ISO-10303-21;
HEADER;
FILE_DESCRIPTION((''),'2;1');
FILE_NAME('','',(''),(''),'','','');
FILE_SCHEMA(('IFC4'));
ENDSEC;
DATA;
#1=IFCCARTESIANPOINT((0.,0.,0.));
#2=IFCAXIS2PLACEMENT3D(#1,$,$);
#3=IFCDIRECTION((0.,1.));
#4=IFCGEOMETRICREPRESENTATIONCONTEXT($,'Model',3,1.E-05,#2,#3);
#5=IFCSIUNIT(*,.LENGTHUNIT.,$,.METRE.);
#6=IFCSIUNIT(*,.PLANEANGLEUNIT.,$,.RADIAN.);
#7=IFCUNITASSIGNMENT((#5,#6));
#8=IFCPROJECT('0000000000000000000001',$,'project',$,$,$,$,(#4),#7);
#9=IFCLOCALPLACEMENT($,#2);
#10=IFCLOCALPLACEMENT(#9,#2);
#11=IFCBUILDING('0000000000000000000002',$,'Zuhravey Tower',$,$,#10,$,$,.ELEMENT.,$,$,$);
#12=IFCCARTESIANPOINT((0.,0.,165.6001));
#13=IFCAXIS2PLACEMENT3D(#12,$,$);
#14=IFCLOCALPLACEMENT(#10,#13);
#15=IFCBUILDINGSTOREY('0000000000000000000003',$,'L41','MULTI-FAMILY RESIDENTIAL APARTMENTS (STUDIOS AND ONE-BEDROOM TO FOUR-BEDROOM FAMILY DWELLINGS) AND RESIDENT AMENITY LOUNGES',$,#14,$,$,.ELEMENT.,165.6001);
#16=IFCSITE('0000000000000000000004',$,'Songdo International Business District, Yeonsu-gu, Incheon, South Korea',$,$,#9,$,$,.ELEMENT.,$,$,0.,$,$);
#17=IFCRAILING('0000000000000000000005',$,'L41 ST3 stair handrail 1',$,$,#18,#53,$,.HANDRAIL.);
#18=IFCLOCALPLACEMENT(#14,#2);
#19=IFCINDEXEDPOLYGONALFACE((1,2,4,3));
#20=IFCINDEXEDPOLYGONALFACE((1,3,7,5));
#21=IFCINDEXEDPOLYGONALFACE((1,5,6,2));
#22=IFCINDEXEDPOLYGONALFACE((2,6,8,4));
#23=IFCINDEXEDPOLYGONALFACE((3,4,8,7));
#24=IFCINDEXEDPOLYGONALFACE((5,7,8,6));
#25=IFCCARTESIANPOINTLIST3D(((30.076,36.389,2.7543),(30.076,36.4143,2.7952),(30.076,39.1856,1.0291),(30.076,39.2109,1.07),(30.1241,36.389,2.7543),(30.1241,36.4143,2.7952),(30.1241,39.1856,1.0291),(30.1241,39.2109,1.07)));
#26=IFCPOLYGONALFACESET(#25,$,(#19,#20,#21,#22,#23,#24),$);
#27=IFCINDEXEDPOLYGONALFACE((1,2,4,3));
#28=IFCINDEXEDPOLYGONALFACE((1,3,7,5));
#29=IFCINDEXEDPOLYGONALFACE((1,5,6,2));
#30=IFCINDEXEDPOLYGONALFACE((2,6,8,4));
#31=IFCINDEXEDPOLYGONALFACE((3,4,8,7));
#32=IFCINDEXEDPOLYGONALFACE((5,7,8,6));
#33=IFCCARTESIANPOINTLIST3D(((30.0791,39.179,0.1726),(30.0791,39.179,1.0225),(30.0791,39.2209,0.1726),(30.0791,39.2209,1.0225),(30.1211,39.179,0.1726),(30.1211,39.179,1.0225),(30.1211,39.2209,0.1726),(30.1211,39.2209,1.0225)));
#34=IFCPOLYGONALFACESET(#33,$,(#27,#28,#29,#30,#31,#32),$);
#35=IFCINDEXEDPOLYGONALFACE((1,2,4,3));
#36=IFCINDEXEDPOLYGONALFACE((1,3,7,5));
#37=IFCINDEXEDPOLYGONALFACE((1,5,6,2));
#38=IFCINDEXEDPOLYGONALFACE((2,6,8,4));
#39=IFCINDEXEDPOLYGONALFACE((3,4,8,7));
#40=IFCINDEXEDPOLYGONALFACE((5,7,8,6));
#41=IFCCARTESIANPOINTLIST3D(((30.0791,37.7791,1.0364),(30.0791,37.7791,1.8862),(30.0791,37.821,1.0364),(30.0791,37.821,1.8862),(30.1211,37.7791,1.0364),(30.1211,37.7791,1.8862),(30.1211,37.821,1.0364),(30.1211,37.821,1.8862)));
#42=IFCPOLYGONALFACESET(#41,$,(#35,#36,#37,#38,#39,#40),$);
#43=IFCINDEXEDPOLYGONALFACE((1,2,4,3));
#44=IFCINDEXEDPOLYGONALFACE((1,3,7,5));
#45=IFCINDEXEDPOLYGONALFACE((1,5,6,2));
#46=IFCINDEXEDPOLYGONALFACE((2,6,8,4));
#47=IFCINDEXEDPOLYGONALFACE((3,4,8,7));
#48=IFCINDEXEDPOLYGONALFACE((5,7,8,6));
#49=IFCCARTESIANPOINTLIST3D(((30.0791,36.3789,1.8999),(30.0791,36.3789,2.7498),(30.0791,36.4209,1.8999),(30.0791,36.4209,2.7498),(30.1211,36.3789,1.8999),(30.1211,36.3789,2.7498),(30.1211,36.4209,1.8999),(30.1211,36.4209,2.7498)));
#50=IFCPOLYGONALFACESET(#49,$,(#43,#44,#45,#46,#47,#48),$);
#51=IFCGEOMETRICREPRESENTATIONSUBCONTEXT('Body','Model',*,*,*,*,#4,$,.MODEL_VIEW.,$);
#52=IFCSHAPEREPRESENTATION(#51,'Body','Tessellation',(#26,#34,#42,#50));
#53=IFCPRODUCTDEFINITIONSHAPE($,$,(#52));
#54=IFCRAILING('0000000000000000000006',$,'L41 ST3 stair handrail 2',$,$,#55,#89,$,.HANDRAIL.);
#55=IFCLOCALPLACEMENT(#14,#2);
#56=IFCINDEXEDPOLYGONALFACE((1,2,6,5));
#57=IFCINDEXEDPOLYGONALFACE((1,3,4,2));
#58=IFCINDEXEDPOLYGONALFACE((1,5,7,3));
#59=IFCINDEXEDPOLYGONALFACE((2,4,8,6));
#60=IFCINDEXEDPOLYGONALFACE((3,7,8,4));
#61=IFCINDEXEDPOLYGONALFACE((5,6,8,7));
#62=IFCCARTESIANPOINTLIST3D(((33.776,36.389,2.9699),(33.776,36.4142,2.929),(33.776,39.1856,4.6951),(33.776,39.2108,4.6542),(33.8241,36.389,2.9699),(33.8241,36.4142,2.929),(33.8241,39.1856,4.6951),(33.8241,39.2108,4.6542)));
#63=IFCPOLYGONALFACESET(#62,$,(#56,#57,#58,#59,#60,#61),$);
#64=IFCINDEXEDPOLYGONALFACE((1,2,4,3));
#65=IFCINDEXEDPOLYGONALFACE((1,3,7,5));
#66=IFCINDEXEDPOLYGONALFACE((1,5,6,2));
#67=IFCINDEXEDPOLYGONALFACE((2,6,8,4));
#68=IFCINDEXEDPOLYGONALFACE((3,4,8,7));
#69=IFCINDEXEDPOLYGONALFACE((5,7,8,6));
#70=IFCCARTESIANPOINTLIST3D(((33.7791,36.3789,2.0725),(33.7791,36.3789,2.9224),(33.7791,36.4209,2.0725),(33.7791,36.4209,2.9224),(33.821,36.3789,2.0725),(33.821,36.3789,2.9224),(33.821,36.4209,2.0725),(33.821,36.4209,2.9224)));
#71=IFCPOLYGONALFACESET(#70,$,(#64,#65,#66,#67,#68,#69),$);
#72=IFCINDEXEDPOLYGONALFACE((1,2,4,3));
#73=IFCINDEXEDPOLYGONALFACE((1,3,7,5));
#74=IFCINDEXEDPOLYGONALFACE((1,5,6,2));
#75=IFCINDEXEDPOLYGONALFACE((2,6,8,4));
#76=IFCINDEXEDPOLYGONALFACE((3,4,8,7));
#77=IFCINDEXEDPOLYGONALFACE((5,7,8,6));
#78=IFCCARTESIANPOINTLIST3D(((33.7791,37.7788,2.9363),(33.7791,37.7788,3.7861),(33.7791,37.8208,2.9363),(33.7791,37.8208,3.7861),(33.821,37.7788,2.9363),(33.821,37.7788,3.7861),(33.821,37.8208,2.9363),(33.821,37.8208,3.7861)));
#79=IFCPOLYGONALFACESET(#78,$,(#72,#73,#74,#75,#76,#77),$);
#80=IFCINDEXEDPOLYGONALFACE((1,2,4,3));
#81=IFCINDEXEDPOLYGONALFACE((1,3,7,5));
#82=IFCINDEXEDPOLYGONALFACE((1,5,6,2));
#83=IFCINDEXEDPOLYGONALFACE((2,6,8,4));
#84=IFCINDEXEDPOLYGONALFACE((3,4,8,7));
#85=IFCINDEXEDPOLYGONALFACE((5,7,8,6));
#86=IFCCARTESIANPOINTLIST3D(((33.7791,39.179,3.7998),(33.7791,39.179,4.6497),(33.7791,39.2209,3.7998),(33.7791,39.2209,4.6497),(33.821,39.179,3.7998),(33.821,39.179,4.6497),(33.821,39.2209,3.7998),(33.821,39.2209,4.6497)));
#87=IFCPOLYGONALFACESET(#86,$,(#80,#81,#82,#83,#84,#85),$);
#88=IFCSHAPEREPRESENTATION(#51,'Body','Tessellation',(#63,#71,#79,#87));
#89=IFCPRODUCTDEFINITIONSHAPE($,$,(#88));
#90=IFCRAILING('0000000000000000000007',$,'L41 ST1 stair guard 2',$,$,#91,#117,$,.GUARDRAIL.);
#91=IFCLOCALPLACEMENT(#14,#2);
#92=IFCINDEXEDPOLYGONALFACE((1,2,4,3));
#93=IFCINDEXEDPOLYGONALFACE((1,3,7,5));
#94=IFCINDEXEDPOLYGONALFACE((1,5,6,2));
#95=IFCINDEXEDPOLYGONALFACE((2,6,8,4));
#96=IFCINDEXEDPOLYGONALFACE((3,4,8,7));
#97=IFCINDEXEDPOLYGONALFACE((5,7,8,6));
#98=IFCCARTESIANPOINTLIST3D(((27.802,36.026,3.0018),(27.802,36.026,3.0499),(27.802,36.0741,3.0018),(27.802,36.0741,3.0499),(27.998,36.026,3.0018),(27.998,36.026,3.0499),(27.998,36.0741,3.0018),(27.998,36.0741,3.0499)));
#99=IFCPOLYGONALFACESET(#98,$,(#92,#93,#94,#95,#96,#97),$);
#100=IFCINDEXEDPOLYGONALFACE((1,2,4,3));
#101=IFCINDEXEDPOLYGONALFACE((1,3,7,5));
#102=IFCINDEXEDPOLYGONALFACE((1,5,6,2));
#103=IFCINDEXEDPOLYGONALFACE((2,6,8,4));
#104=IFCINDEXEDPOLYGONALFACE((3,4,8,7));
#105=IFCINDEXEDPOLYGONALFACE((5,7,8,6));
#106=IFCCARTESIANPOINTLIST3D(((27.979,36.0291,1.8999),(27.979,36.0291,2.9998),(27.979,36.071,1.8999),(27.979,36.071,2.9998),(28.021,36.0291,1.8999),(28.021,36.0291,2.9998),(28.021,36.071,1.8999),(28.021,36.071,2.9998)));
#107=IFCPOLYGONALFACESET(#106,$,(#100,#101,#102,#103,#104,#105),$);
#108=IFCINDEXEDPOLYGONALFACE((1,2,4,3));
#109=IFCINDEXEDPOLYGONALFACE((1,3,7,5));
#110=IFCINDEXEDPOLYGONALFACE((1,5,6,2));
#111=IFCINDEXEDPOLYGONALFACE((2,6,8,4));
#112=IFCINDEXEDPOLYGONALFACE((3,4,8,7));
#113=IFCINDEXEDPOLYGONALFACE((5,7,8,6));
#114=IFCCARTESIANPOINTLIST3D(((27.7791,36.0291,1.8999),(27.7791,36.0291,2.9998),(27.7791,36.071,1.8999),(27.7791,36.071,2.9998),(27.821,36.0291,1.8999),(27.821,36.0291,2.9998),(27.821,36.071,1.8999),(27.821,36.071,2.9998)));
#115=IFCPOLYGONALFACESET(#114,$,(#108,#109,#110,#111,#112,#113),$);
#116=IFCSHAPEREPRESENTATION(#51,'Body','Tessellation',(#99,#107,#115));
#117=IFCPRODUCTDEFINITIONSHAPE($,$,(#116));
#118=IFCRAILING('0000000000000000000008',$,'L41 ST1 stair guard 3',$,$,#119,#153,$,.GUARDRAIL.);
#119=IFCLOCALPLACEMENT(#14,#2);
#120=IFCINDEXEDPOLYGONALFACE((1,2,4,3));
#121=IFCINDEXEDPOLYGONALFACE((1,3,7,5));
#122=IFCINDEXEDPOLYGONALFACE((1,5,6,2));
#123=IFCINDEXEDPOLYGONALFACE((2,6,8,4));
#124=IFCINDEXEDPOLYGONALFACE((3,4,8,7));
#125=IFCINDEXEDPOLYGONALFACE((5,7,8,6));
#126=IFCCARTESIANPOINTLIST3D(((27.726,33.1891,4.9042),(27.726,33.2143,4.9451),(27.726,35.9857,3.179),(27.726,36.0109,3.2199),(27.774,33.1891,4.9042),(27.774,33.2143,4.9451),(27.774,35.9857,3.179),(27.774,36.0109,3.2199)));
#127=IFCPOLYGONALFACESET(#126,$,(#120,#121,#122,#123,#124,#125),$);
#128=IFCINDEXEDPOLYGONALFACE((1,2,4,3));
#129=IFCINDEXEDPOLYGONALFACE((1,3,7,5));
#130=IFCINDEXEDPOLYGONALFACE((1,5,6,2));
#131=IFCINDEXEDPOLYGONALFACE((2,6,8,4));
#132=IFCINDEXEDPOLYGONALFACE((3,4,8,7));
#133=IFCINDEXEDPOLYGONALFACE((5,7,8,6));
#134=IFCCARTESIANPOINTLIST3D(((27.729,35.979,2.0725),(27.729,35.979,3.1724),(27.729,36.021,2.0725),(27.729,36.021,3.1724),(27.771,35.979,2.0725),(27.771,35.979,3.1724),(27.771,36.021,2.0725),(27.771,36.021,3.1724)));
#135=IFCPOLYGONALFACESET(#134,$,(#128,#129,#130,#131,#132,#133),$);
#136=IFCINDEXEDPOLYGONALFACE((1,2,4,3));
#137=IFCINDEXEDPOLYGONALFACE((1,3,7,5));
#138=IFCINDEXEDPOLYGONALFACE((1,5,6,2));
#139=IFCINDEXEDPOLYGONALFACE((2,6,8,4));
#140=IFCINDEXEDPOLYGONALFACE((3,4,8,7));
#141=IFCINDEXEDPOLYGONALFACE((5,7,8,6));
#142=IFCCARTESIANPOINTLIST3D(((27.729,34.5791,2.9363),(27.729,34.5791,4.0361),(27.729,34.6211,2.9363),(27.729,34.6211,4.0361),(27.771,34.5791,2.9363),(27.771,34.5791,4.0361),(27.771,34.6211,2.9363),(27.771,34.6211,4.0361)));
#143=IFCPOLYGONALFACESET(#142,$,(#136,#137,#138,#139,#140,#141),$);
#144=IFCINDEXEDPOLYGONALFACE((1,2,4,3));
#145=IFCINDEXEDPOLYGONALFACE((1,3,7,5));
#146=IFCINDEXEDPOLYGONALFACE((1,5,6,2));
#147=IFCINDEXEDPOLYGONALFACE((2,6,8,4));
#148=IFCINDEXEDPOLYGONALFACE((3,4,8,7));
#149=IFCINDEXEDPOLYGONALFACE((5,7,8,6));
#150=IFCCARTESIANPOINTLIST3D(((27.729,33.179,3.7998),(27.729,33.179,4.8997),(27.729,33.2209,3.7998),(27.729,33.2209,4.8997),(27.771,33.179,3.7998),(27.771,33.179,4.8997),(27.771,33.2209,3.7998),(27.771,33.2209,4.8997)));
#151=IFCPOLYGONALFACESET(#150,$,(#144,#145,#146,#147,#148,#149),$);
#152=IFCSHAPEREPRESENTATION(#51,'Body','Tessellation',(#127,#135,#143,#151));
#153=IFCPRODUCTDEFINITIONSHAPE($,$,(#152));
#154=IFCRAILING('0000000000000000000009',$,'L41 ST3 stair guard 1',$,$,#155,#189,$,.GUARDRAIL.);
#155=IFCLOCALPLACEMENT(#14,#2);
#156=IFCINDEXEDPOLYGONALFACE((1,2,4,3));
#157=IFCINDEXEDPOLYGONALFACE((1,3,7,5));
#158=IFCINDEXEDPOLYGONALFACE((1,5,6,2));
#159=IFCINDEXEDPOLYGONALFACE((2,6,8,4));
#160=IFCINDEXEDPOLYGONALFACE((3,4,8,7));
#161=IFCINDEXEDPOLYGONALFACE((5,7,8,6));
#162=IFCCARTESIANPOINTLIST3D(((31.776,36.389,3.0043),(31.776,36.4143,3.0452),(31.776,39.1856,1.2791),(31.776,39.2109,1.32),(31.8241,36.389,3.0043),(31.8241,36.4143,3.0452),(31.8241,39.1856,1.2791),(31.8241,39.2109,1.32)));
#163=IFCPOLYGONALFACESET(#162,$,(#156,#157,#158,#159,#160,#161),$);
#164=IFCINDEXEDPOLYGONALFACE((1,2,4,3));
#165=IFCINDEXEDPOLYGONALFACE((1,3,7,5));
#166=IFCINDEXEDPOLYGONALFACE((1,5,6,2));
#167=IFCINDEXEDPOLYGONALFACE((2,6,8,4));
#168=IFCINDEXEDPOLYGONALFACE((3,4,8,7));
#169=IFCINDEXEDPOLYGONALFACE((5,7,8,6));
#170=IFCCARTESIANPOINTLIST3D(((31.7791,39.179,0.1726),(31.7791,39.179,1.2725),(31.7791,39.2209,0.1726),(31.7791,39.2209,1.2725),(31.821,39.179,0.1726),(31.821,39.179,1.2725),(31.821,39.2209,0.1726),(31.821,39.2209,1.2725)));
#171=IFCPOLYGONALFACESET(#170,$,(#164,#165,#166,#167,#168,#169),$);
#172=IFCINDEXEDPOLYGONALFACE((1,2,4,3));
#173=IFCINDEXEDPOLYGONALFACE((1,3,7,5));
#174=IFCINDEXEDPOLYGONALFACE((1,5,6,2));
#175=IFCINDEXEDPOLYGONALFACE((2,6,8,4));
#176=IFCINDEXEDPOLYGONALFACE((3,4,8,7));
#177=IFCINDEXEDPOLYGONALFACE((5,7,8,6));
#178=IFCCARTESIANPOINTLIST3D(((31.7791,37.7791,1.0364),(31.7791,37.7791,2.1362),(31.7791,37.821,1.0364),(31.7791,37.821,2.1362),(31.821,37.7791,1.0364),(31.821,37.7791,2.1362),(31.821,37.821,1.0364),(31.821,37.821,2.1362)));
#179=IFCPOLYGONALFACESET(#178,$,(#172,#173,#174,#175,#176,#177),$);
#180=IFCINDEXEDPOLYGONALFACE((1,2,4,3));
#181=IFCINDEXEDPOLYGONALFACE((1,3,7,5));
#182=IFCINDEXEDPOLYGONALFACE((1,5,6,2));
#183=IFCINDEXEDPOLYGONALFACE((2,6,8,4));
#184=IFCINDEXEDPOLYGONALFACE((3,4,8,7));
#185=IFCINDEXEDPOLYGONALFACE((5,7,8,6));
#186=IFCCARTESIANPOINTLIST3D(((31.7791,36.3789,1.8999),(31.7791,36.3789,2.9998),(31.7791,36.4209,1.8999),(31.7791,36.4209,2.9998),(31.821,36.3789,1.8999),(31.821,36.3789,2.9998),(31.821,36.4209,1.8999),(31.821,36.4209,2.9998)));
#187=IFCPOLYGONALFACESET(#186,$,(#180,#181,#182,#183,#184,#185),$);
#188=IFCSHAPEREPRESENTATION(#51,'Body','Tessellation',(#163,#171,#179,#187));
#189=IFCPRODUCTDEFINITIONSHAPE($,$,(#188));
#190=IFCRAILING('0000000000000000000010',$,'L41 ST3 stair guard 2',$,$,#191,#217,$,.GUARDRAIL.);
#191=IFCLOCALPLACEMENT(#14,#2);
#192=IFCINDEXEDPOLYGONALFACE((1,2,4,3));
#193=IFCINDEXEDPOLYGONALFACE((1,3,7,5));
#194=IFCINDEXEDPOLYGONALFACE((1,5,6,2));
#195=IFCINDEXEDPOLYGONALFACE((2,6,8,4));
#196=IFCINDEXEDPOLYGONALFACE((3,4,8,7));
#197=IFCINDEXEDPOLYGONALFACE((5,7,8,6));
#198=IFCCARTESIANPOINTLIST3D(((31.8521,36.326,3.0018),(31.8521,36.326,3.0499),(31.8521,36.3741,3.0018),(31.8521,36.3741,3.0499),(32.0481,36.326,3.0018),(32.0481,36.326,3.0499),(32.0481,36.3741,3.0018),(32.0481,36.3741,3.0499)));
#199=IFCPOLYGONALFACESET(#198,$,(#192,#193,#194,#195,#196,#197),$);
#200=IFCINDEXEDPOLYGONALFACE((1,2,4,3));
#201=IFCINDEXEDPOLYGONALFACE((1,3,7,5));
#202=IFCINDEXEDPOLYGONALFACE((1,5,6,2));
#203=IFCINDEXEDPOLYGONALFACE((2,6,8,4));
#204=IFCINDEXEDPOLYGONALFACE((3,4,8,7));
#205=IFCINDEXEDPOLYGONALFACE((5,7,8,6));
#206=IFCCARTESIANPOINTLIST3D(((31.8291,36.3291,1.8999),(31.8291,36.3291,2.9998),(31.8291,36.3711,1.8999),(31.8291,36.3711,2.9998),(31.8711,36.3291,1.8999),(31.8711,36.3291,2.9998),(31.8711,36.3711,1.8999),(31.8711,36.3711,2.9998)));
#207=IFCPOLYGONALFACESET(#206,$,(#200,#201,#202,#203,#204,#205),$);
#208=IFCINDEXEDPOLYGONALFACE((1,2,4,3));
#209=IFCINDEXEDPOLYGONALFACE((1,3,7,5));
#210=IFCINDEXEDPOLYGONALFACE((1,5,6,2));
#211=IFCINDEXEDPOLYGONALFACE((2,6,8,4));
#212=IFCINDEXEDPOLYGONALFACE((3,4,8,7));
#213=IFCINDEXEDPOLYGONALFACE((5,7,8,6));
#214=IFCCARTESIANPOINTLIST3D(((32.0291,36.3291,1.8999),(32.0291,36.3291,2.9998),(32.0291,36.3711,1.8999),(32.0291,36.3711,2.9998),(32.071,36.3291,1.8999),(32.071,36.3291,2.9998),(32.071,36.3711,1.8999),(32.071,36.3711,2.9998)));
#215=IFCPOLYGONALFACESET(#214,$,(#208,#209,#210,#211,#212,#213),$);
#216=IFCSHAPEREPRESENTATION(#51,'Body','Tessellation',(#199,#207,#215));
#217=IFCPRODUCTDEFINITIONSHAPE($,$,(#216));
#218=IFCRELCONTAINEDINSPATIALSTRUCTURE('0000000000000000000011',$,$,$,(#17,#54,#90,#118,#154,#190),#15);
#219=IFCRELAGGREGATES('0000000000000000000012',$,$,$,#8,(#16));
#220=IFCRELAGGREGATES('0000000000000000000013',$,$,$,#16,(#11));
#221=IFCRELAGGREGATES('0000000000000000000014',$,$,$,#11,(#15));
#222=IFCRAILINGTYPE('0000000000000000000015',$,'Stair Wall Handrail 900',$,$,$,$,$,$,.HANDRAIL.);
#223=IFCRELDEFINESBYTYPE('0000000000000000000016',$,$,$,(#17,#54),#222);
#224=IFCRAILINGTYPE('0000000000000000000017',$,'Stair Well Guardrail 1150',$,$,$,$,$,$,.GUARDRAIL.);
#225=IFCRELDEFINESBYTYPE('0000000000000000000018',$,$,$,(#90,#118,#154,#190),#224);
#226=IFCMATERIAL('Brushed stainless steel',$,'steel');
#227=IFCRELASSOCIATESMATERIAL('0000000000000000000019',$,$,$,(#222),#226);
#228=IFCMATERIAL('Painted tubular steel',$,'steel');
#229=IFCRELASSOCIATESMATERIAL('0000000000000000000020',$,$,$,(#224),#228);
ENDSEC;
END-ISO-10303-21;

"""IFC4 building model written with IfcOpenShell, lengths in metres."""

from ifc_helpers import new_model, si_unit, direction, frame, origin, origin_2d, place, context, subcontext, project, spatial, rectangle, extrude, material, type_object, element, save


model = new_model("IFC4")

# Units and contexts
model_context = context("Model", 3, precision=1e-05, world=origin(), true_north=direction((0.0, 1.0)))
body_context = subcontext(model_context, "Body", "Model", "MODEL_VIEW")
ifc_project = project(units=[si_unit("LENGTHUNIT", "METRE"), si_unit("PLANEANGLEUNIT", "RADIAN")], contexts=[model_context])

# Site, building, storey
site_placement = place(None, origin())
site = spatial("IfcSite", under=ifc_project, at=site_placement, Name="Songdo International Business District, Yeonsu-gu, Incheon, South Korea", CompositionType="ELEMENT", RefElevation=0.0)
building_placement = place(site_placement, origin())
building = spatial("IfcBuilding", under=site, at=building_placement, Name="Zuhravey Tower", CompositionType="ELEMENT")
storey_placement = place(building_placement, frame((0.0, 0.0, 165.6001)))
storey = spatial("IfcBuildingStorey", under=building, at=storey_placement, Name="L41", Description="MULTI-FAMILY RESIDENTIAL APARTMENTS (STUDIOS AND ONE-BEDROOM TO FOUR-BEDROOM FAMILY DWELLINGS) AND RESIDENT AMENITY LOUNGES", CompositionType="ELEMENT", Elevation=165.6001)

# Railings
ifc_material_1 = material(Name="Brushed stainless steel", Category="steel")
railing_type_1 = type_object("IfcRailingType", Name="Stair Wall Handrail 900", PredefinedType="HANDRAIL", material=ifc_material_1)
for number, where, name in (
    (1, (30.1001, 39.2, 0.1726), "L41 ST3 stair handrail 1"),
):
    element("IfcRailing", number, at=place(storey_placement, frame(where)), inside=storey, type_object=railing_type_1, Name=name, PredefinedType="HANDRAIL", context=body_context, shape_type="SweptSolid", body=[
        extrude(rectangle(XDim=0.0481, YDim=0.0481, at=origin_2d()), frame((0.0, -0.0017, 0.877), z_axis=(0.0, -0.85109, 0.52502), x_axis=(1.0, 0.0, 0.0)), (0.0, 0.0, 1.0), 3.2859),
        extrude(rectangle(XDim=0.042, YDim=0.042, at=origin_2d()), origin(), (0.0, 0.0, 1.0), 0.8499),
        extrude(rectangle(XDim=0.042, YDim=0.042, at=origin_2d()), frame((0.0, -1.3999, 0.8638)), (0.0, 0.0, 1.0), 0.8499),
        extrude(rectangle(XDim=0.042, YDim=0.042, at=origin_2d()), frame((0.0, -2.8, 1.7273)), (0.0, 0.0, 1.0), 0.8499),
    ])
railing_1_placement = place(storey_placement, frame((33.8, 36.3999, 2.0725)))
element("IfcRailing", 2, at=railing_1_placement, inside=storey, type_object=railing_type_1, Name="L41 ST3 stair handrail 2", PredefinedType="HANDRAIL", context=body_context, shape_type="SweptSolid", body=[
    extrude(rectangle(XDim=0.0481, YDim=0.0481, at=origin_2d()), frame((0.0, 0.0017, 0.877), z_axis=(0.0, 0.85109, 0.52502), x_axis=(-1.0, 0.0, 0.0)), (0.0, 0.0, 1.0), 3.2859),
    extrude(rectangle(XDim=0.042, YDim=0.042, at=origin_2d()), origin(), (0.0, 0.0, 1.0), 0.8499),
    extrude(rectangle(XDim=0.042, YDim=0.042, at=origin_2d()), frame((0.0, 1.3999, 0.8638)), (0.0, 0.0, 1.0), 0.8499),
    extrude(rectangle(XDim=0.042, YDim=0.042, at=origin_2d()), frame((0.0, 2.8, 1.7273)), (0.0, 0.0, 1.0), 0.8499),
])
ifc_material_2 = material(Name="Painted tubular steel", Category="steel")
railing_type_2 = type_object("IfcRailingType", Name="Stair Well Guardrail 1150", PredefinedType="GUARDRAIL", material=ifc_material_2)
railing_2_placement = place(storey_placement, frame((28.0, 36.05, 1.8999)))
element("IfcRailing", 3, at=railing_2_placement, inside=storey, type_object=railing_type_2, Name="L41 ST1 stair guard 2", PredefinedType="GUARDRAIL", context=body_context, shape_type="SweptSolid", body=[
    extrude(rectangle(XDim=0.0481, YDim=0.0481, at=origin_2d()), frame((-0.002, 0.0, 1.126), z_axis=(-1.0, 0.0, 0.0), x_axis=(0.0, -1.0, 0.0)), (0.0, 0.0, 1.0), 0.196),
    extrude(rectangle(XDim=0.042, YDim=0.042, at=origin_2d()), origin(), (0.0, 0.0, 1.0), 1.0999),
    extrude(rectangle(XDim=0.042, YDim=0.042, at=origin_2d()), frame((-0.2, 0.0, 0.0)), (0.0, 0.0, 1.0), 1.0999),
])
for number, where, name in (
    (4, (27.75, 36.0, 2.0725), "L41 ST1 stair guard 3"),
    (5, (31.8, 39.2, 0.1726), "L41 ST3 stair guard 1"),
):
    element("IfcRailing", number, at=place(storey_placement, frame(where)), inside=storey, type_object=railing_type_2, Name=name, PredefinedType="GUARDRAIL", context=body_context, shape_type="SweptSolid", body=[
        extrude(rectangle(XDim=0.0481, YDim=0.0481, at=origin_2d()), frame((0.0, -0.0017, 1.127), z_axis=(0.0, -0.85109, 0.52502), x_axis=(1.0, 0.0, 0.0)), (0.0, 0.0, 1.0), 3.2859),
        extrude(rectangle(XDim=0.042, YDim=0.042, at=origin_2d()), origin(), (0.0, 0.0, 1.0), 1.0999),
        extrude(rectangle(XDim=0.042, YDim=0.042, at=origin_2d()), frame((0.0, -1.3999, 0.8638)), (0.0, 0.0, 1.0), 1.0999),
        extrude(rectangle(XDim=0.042, YDim=0.042, at=origin_2d()), frame((0.0, -2.8, 1.7273)), (0.0, 0.0, 1.0), 1.0999),
    ])
railing_3_placement = place(storey_placement, frame((31.8501, 36.3501, 1.8999)))
element("IfcRailing", 6, at=railing_3_placement, inside=storey, type_object=railing_type_2, Name="L41 ST3 stair guard 2", PredefinedType="GUARDRAIL", context=body_context, shape_type="SweptSolid", body=[
    extrude(rectangle(XDim=0.0481, YDim=0.0481, at=origin_2d()), frame((0.002, 0.0, 1.126), z_axis=(1.0, 0.0, 0.0), x_axis=(0.0, 1.0, 0.0)), (0.0, 0.0, 1.0), 0.196),
    extrude(rectangle(XDim=0.042, YDim=0.042, at=origin_2d()), origin(), (0.0, 0.0, 1.0), 1.0999),
    extrude(rectangle(XDim=0.042, YDim=0.042, at=origin_2d()), frame((0.2, 0.0, 0.0)), (0.0, 0.0, 1.0), 1.0999),
])

save(model, "model.ifc")
